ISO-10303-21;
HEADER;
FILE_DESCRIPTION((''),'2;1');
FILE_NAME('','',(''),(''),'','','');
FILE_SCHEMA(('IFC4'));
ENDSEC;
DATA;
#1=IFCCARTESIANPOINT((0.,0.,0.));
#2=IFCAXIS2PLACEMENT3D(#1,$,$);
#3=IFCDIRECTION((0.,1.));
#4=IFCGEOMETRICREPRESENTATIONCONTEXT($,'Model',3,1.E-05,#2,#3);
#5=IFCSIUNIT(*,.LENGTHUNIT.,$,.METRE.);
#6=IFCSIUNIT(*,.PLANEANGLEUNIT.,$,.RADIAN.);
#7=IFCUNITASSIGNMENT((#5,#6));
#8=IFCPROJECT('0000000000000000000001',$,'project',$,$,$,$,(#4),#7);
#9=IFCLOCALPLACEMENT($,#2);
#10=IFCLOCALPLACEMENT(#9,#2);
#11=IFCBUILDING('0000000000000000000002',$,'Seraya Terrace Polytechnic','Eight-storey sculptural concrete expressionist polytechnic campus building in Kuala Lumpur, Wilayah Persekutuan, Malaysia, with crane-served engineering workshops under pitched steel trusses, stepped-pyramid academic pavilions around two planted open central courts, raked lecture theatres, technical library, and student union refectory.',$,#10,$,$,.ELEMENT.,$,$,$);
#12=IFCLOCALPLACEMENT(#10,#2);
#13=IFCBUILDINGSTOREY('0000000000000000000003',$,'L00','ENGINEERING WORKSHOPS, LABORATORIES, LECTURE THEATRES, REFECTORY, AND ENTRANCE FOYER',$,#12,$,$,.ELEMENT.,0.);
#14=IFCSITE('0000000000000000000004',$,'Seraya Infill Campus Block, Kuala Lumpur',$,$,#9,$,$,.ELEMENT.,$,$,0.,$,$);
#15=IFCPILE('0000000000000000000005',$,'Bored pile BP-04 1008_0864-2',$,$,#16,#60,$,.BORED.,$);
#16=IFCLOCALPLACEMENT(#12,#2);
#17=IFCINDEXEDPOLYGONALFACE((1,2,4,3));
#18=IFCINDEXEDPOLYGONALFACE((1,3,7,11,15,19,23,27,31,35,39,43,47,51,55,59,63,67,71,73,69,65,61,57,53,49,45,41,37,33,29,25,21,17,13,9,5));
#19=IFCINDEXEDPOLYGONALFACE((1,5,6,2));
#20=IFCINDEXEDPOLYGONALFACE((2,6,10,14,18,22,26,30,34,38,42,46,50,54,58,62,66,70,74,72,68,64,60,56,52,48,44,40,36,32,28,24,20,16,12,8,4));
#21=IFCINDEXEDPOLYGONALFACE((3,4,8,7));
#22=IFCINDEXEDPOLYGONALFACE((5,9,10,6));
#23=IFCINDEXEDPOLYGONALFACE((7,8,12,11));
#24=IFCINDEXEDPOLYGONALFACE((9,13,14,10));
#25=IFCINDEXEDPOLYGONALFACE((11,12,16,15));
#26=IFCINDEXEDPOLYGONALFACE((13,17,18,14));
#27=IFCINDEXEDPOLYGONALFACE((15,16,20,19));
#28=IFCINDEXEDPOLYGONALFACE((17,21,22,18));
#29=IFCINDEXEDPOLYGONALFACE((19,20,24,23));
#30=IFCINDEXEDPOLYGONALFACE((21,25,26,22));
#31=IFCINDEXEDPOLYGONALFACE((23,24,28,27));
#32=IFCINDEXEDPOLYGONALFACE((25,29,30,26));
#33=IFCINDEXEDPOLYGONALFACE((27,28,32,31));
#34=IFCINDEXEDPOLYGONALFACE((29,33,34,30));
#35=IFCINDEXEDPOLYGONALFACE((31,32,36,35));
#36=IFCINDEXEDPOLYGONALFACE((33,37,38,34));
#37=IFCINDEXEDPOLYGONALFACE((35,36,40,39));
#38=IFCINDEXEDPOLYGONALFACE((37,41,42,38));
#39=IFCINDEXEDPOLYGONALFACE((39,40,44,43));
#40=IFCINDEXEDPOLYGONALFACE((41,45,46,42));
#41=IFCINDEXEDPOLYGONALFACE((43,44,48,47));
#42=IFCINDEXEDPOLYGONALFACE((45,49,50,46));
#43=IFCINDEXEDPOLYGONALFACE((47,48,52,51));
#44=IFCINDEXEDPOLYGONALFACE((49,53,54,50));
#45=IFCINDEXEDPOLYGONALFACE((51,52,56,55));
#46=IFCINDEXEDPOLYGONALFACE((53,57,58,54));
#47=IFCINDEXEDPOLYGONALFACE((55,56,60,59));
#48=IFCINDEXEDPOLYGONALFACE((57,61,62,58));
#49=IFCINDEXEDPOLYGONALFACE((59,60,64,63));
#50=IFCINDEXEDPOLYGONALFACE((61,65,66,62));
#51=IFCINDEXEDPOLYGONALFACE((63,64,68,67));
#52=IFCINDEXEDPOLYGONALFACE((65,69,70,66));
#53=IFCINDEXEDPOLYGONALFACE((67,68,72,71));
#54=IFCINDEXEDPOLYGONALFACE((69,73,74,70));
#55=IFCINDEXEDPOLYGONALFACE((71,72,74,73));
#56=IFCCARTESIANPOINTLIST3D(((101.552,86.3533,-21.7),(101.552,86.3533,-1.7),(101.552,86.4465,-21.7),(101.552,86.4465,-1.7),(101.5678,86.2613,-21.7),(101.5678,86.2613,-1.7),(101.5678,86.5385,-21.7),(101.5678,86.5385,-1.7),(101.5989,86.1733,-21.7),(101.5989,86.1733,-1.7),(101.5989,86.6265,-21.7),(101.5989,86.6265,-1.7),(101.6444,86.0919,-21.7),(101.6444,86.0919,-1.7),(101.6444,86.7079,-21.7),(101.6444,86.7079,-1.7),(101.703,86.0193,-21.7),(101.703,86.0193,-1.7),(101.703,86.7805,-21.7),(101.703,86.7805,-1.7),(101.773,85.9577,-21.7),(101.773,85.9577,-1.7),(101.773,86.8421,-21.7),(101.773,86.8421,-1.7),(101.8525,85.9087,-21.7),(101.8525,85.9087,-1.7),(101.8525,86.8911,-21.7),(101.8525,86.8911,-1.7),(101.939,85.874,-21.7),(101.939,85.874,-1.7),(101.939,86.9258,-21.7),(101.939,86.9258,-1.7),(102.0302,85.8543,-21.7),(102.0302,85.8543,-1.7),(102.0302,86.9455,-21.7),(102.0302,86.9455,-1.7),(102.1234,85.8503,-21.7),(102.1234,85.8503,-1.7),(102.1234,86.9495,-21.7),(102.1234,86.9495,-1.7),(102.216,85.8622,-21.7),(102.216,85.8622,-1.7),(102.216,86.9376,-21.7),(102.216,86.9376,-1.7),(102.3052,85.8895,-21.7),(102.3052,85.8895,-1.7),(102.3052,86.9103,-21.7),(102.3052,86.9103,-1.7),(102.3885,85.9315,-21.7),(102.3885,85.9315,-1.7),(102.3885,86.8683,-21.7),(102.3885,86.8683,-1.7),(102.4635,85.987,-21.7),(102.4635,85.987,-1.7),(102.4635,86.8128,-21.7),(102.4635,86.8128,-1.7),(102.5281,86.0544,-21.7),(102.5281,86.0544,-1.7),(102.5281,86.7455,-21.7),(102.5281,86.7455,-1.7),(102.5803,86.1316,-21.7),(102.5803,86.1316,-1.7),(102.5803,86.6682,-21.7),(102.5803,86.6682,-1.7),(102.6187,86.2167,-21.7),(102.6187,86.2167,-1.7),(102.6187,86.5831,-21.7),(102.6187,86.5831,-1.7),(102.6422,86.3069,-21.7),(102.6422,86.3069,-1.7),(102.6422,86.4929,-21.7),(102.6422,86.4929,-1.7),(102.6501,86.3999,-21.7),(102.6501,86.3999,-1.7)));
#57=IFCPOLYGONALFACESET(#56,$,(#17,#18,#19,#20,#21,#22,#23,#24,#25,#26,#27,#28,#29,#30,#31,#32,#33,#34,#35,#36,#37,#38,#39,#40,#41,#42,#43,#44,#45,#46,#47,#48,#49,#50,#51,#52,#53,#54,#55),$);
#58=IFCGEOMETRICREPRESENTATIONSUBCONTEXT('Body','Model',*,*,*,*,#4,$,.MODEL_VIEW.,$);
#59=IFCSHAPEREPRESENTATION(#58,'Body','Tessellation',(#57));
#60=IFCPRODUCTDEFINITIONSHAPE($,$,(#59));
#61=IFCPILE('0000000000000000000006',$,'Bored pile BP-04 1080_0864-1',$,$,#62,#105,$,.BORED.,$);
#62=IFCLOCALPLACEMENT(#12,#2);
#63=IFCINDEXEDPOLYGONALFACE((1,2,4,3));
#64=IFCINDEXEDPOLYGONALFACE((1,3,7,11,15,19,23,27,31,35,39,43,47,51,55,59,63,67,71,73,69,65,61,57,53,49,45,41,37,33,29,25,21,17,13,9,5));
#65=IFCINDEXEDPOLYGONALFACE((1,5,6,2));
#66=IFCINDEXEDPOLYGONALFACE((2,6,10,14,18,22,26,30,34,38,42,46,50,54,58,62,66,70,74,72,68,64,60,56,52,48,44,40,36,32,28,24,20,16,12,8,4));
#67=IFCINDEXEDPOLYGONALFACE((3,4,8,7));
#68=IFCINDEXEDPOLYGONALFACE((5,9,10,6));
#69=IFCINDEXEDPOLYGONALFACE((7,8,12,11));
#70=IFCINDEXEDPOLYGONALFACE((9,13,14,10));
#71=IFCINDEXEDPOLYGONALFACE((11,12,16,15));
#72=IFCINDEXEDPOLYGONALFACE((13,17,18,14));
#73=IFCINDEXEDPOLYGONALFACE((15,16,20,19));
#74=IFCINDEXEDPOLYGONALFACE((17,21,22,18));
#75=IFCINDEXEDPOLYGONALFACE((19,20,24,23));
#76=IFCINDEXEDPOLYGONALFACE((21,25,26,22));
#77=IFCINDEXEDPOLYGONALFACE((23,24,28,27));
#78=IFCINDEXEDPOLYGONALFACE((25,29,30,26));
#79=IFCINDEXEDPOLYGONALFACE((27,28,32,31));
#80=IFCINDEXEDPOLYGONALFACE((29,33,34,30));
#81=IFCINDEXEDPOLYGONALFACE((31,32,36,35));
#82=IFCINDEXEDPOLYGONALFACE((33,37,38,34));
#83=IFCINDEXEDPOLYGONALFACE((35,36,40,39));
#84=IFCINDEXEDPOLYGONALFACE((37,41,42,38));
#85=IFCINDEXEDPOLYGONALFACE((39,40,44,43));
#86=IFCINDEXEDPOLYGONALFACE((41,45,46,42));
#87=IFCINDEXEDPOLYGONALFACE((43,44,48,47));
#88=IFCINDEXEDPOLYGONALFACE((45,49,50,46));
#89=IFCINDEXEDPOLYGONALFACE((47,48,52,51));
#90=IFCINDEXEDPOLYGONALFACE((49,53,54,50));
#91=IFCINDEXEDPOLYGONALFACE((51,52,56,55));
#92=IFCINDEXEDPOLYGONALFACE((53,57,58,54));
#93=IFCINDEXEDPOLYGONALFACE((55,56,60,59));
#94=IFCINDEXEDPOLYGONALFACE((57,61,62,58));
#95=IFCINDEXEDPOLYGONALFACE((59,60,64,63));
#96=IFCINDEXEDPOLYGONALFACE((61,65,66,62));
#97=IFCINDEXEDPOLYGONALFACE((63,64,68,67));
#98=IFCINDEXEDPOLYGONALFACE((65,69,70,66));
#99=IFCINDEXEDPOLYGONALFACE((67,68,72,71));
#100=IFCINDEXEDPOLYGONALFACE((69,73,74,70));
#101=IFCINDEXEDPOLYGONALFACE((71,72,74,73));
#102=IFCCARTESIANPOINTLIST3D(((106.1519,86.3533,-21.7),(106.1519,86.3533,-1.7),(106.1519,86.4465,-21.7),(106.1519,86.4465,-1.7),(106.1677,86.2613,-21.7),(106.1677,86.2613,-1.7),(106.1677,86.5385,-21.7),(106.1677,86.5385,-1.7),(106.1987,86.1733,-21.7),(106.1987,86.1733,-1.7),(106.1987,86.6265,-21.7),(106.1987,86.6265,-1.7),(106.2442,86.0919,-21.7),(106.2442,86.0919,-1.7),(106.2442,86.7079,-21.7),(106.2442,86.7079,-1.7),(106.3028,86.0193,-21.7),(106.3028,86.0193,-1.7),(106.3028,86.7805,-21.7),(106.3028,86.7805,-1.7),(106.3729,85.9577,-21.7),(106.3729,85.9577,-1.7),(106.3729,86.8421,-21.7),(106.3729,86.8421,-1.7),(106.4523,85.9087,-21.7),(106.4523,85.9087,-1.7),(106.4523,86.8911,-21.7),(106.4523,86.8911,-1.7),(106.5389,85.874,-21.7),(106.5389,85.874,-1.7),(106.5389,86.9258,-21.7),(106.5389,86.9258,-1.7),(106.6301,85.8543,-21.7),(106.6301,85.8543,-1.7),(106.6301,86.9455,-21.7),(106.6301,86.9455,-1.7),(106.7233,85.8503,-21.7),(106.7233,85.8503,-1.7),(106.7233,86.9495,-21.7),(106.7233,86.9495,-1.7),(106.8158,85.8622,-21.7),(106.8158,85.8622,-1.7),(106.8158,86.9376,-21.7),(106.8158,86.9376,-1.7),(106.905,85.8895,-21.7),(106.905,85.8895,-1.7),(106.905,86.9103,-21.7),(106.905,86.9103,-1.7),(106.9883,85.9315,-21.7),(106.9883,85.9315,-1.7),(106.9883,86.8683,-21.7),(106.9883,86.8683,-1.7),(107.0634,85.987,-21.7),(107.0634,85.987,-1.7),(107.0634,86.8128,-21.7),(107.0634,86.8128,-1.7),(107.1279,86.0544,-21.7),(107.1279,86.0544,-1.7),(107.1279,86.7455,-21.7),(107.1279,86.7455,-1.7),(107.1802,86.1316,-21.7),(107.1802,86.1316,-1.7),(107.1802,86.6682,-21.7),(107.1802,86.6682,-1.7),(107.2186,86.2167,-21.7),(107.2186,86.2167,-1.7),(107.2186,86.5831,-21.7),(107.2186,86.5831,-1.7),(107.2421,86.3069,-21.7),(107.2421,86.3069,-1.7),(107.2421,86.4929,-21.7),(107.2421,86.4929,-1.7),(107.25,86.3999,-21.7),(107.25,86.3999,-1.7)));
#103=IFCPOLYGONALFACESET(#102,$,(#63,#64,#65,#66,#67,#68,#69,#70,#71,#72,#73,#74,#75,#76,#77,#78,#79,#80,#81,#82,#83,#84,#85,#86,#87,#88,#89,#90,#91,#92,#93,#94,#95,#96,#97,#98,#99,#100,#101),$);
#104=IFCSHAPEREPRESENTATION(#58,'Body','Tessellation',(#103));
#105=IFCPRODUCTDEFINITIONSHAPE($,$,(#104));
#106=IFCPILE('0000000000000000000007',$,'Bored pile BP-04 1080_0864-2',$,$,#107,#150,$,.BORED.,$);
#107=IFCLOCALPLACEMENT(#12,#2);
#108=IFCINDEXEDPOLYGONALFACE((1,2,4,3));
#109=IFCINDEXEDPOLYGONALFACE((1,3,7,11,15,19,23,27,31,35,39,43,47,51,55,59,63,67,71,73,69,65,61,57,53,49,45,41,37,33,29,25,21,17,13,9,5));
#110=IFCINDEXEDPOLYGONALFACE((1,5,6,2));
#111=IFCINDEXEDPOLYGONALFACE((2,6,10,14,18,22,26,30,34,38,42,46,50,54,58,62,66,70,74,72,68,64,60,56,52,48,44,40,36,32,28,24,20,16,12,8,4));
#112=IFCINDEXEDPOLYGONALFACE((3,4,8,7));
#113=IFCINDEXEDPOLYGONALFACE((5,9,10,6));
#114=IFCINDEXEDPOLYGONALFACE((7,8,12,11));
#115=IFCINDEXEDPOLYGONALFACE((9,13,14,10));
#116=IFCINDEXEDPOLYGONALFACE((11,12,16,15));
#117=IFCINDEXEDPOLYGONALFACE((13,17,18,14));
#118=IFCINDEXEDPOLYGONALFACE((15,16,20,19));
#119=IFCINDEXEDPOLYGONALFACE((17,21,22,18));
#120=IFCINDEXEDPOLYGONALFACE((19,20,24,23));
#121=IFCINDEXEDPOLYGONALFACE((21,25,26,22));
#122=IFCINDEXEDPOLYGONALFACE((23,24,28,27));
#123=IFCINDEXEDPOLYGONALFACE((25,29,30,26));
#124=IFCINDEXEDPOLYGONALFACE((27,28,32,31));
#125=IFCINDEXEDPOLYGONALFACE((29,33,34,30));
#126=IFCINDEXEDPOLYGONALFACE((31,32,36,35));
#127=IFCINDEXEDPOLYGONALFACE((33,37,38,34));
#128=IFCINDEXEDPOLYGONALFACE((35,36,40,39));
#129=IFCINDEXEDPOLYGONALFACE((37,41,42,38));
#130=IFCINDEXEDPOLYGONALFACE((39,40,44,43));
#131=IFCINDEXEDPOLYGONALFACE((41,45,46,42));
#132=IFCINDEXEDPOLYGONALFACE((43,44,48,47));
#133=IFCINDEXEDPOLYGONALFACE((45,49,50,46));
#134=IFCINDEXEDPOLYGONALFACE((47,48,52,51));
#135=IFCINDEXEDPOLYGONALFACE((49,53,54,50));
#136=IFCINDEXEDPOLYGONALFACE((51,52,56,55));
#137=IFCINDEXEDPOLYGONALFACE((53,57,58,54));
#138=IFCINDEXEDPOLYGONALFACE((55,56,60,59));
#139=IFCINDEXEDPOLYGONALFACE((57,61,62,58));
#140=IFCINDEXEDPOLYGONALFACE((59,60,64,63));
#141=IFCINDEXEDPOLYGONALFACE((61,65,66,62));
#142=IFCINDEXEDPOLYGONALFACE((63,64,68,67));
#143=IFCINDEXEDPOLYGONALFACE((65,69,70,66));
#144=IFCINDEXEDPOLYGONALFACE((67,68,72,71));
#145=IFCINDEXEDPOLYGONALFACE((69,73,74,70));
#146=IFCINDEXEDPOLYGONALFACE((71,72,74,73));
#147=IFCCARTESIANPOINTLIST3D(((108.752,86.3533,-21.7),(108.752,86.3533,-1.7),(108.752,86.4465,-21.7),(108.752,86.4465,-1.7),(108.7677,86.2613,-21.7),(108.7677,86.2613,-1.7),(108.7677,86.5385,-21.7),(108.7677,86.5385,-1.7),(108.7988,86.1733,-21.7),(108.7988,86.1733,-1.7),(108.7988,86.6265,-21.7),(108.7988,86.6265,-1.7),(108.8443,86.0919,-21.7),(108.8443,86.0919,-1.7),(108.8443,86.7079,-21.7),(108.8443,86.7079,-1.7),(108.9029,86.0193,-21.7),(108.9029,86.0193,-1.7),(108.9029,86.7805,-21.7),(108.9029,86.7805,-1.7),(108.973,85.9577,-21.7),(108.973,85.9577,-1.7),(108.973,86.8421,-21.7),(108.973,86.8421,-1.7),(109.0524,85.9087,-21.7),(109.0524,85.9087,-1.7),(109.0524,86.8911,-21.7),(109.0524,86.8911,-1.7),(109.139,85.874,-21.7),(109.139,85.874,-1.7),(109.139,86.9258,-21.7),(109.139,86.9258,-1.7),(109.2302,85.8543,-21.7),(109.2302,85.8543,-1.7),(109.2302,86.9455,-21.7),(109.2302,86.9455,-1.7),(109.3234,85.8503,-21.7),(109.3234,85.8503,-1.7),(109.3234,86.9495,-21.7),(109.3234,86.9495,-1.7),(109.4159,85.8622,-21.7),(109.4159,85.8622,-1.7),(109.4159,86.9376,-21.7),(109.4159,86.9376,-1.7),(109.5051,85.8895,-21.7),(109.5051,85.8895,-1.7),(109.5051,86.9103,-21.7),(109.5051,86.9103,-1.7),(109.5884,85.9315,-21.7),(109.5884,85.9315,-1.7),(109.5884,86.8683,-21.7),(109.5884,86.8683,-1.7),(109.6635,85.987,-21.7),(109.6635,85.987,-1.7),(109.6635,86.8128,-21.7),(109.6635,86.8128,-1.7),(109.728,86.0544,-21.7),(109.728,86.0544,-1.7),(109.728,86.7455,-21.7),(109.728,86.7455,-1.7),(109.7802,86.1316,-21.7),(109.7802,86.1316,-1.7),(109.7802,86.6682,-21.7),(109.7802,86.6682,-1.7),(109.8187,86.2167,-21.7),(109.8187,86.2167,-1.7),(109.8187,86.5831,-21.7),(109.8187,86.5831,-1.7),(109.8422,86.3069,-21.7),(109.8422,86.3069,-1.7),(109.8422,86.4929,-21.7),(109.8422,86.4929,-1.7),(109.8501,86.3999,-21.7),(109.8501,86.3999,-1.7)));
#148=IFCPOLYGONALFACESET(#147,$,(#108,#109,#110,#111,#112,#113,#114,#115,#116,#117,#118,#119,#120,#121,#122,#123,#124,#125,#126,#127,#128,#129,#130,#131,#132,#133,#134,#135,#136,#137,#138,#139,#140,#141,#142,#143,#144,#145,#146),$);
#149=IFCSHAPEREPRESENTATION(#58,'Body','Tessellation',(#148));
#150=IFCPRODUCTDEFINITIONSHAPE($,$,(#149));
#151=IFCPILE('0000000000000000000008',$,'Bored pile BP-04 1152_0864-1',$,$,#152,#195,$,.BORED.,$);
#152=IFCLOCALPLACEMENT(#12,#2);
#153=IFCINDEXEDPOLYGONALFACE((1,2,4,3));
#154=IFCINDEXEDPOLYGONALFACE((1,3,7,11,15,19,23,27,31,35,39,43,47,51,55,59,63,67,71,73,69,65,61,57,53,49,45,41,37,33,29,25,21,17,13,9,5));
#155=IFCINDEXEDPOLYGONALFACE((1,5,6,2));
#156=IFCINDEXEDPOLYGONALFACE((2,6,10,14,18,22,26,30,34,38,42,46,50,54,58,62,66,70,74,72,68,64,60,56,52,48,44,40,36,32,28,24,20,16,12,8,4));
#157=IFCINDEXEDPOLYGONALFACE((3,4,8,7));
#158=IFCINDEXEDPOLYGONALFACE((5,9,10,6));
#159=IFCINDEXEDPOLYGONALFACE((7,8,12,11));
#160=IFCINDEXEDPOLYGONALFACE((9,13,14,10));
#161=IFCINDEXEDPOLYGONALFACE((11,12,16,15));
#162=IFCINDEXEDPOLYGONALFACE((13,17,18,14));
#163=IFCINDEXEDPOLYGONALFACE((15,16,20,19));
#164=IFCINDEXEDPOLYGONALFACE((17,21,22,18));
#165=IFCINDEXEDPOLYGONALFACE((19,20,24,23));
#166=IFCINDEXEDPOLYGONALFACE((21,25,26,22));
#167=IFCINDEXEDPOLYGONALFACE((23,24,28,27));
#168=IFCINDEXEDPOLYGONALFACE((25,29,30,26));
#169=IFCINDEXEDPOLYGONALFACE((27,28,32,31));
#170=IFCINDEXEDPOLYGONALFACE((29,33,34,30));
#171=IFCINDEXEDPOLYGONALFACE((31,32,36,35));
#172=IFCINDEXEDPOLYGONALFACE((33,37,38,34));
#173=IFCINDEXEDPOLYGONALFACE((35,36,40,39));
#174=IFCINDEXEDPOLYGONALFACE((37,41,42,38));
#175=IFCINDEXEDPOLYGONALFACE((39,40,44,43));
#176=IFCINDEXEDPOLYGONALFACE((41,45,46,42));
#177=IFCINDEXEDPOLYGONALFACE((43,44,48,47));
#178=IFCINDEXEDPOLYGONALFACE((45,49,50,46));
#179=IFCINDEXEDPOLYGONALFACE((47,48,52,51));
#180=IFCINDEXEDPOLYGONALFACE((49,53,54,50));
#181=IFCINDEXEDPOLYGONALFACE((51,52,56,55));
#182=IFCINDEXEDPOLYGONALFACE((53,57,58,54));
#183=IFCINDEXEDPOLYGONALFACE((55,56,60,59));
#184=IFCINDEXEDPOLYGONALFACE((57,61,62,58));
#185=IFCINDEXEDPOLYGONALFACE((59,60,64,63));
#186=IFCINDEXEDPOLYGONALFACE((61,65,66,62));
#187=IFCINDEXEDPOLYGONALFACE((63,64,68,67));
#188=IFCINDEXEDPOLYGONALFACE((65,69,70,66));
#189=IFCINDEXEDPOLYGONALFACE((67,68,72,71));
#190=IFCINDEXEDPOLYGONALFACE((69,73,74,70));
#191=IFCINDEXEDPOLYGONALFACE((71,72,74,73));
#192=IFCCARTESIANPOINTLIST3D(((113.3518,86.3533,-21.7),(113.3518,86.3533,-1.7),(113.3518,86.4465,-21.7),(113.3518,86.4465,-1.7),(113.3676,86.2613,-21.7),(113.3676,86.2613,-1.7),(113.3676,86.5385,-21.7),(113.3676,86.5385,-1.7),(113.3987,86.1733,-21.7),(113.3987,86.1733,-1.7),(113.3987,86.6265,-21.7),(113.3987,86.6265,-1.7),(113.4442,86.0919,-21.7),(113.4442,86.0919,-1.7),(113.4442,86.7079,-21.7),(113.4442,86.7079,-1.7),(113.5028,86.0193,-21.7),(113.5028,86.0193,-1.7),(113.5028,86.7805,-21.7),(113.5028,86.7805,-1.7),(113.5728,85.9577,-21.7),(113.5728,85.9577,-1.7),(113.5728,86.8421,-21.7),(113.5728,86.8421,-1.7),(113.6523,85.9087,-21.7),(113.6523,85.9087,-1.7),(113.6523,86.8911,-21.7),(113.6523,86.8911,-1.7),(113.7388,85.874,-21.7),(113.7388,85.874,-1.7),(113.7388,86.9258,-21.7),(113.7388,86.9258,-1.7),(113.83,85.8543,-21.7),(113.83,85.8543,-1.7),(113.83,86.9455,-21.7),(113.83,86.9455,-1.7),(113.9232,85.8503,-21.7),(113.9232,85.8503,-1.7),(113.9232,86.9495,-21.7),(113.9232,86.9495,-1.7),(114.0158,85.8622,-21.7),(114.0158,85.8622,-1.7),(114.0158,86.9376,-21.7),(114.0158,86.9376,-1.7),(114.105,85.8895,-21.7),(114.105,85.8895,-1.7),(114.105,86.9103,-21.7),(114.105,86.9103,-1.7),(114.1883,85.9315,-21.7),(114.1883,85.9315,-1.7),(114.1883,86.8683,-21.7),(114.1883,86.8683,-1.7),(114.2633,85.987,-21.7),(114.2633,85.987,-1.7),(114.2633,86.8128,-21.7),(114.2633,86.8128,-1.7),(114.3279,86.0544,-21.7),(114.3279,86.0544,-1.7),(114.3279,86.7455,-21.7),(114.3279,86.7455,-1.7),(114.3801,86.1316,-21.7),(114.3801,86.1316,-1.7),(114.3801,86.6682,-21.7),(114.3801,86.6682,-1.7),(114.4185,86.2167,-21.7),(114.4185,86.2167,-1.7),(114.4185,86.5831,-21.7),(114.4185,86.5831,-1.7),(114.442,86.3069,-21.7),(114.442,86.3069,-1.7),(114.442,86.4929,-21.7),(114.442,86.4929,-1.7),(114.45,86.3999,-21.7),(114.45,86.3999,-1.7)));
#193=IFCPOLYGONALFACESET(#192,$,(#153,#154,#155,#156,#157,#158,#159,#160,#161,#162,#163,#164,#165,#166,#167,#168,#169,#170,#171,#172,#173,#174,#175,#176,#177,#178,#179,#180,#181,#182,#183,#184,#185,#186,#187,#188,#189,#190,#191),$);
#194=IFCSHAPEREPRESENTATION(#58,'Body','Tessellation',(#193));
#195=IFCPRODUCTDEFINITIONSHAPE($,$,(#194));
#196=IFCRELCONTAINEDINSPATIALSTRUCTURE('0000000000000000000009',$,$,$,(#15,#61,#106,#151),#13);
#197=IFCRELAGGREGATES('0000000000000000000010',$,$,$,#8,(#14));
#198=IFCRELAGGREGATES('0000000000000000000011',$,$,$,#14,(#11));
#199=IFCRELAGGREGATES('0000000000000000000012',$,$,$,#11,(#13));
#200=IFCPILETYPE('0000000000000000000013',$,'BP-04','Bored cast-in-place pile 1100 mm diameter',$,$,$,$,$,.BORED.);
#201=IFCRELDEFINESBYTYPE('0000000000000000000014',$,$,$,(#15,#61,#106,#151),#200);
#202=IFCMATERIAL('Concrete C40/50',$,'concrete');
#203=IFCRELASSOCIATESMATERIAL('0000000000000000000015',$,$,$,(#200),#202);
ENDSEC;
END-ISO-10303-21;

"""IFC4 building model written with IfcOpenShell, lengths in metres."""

from ifc_helpers import new_model, si_unit, direction, frame, origin, origin_2d, place, context, subcontext, project, spatial, circle, extrude, material, material_profile, profile_set, type_object, element, save


model = new_model("IFC4")

# Units and contexts
model_context = context("Model", 3, precision=1e-05, world=origin(), true_north=direction((0.0, 1.0)))
body_context = subcontext(model_context, "Body", "Model", "MODEL_VIEW")
ifc_project = project(units=[si_unit("LENGTHUNIT", "METRE"), si_unit("PLANEANGLEUNIT", "RADIAN")], contexts=[model_context])

# Site, building, storey
site_placement = place(None, origin())
site = spatial("IfcSite", under=ifc_project, at=site_placement, Name="Seraya Infill Campus Block, Kuala Lumpur", CompositionType="ELEMENT", RefElevation=0.0)
building_placement = place(site_placement, origin())
building = spatial("IfcBuilding", under=site, at=building_placement, Name="Seraya Terrace Polytechnic", Description="Eight-storey sculptural concrete expressionist polytechnic campus building in Kuala Lumpur, Wilayah Persekutuan, Malaysia, with crane-served engineering workshops under pitched steel trusses, stepped-pyramid academic pavilions around two planted open central courts, raked lecture theatres, technical library, and student union refectory.", CompositionType="ELEMENT")
storey_placement = place(building_placement, origin())
storey = spatial("IfcBuildingStorey", under=building, at=storey_placement, Name="L00", Description="ENGINEERING WORKSHOPS, LABORATORIES, LECTURE THEATRES, REFECTORY, AND ENTRANCE FOYER", CompositionType="ELEMENT", Elevation=0.0)

# Piles
ifc_material_1 = material(Name="Concrete C40/50", Category="concrete")
ifc_material_profile_1 = material_profile(ifc_material_1, circle(Radius=0.55, at=origin_2d()), Name="DIA 1100")
ifc_profile_set_1 = profile_set([ifc_material_profile_1], Name="Concrete C40/50")
pile_type_1 = type_object("IfcPileType", Name="BP-04", Description="Bored cast-in-place pile 1100 mm diameter", PredefinedType="BORED", material=ifc_profile_set_1)
for number, where, z_axis, x_axis, name in (
    (1, (102.1001, 86.3999, -1.7), (0.0, 0.0, -1.0), (1.0, 0.0, 0.0), "Bored pile BP-04 1008_0864-2"),
    (2, (106.7, 86.3999, -1.7), (0.0, 0.0, -1.0), (1.0, 0.0, 0.0), "Bored pile BP-04 1080_0864-1"),
    (3, (109.3, 86.3999, -1.7), (0.0, 0.0, -1.0), (1.0, 0.0, 0.0), "Bored pile BP-04 1080_0864-2"),
    (4, (113.8999, 86.3999, -1.7), (0.0, 0.0, -1.0), (1.0, 0.0, 0.0), "Bored pile BP-04 1152_0864-1"),
):
    element("IfcPile", number, at=place(storey_placement, frame(where, z_axis=z_axis, x_axis=x_axis)), inside=storey, type_object=pile_type_1, Name=name, PredefinedType="BORED", context=body_context, shape_type="SweptSolid", body=[
        extrude(circle(Radius=0.55, at=origin_2d()), origin(), (0.0, 0.0, 1.0), 20.0),
    ])

save(model, "model.ifc")
